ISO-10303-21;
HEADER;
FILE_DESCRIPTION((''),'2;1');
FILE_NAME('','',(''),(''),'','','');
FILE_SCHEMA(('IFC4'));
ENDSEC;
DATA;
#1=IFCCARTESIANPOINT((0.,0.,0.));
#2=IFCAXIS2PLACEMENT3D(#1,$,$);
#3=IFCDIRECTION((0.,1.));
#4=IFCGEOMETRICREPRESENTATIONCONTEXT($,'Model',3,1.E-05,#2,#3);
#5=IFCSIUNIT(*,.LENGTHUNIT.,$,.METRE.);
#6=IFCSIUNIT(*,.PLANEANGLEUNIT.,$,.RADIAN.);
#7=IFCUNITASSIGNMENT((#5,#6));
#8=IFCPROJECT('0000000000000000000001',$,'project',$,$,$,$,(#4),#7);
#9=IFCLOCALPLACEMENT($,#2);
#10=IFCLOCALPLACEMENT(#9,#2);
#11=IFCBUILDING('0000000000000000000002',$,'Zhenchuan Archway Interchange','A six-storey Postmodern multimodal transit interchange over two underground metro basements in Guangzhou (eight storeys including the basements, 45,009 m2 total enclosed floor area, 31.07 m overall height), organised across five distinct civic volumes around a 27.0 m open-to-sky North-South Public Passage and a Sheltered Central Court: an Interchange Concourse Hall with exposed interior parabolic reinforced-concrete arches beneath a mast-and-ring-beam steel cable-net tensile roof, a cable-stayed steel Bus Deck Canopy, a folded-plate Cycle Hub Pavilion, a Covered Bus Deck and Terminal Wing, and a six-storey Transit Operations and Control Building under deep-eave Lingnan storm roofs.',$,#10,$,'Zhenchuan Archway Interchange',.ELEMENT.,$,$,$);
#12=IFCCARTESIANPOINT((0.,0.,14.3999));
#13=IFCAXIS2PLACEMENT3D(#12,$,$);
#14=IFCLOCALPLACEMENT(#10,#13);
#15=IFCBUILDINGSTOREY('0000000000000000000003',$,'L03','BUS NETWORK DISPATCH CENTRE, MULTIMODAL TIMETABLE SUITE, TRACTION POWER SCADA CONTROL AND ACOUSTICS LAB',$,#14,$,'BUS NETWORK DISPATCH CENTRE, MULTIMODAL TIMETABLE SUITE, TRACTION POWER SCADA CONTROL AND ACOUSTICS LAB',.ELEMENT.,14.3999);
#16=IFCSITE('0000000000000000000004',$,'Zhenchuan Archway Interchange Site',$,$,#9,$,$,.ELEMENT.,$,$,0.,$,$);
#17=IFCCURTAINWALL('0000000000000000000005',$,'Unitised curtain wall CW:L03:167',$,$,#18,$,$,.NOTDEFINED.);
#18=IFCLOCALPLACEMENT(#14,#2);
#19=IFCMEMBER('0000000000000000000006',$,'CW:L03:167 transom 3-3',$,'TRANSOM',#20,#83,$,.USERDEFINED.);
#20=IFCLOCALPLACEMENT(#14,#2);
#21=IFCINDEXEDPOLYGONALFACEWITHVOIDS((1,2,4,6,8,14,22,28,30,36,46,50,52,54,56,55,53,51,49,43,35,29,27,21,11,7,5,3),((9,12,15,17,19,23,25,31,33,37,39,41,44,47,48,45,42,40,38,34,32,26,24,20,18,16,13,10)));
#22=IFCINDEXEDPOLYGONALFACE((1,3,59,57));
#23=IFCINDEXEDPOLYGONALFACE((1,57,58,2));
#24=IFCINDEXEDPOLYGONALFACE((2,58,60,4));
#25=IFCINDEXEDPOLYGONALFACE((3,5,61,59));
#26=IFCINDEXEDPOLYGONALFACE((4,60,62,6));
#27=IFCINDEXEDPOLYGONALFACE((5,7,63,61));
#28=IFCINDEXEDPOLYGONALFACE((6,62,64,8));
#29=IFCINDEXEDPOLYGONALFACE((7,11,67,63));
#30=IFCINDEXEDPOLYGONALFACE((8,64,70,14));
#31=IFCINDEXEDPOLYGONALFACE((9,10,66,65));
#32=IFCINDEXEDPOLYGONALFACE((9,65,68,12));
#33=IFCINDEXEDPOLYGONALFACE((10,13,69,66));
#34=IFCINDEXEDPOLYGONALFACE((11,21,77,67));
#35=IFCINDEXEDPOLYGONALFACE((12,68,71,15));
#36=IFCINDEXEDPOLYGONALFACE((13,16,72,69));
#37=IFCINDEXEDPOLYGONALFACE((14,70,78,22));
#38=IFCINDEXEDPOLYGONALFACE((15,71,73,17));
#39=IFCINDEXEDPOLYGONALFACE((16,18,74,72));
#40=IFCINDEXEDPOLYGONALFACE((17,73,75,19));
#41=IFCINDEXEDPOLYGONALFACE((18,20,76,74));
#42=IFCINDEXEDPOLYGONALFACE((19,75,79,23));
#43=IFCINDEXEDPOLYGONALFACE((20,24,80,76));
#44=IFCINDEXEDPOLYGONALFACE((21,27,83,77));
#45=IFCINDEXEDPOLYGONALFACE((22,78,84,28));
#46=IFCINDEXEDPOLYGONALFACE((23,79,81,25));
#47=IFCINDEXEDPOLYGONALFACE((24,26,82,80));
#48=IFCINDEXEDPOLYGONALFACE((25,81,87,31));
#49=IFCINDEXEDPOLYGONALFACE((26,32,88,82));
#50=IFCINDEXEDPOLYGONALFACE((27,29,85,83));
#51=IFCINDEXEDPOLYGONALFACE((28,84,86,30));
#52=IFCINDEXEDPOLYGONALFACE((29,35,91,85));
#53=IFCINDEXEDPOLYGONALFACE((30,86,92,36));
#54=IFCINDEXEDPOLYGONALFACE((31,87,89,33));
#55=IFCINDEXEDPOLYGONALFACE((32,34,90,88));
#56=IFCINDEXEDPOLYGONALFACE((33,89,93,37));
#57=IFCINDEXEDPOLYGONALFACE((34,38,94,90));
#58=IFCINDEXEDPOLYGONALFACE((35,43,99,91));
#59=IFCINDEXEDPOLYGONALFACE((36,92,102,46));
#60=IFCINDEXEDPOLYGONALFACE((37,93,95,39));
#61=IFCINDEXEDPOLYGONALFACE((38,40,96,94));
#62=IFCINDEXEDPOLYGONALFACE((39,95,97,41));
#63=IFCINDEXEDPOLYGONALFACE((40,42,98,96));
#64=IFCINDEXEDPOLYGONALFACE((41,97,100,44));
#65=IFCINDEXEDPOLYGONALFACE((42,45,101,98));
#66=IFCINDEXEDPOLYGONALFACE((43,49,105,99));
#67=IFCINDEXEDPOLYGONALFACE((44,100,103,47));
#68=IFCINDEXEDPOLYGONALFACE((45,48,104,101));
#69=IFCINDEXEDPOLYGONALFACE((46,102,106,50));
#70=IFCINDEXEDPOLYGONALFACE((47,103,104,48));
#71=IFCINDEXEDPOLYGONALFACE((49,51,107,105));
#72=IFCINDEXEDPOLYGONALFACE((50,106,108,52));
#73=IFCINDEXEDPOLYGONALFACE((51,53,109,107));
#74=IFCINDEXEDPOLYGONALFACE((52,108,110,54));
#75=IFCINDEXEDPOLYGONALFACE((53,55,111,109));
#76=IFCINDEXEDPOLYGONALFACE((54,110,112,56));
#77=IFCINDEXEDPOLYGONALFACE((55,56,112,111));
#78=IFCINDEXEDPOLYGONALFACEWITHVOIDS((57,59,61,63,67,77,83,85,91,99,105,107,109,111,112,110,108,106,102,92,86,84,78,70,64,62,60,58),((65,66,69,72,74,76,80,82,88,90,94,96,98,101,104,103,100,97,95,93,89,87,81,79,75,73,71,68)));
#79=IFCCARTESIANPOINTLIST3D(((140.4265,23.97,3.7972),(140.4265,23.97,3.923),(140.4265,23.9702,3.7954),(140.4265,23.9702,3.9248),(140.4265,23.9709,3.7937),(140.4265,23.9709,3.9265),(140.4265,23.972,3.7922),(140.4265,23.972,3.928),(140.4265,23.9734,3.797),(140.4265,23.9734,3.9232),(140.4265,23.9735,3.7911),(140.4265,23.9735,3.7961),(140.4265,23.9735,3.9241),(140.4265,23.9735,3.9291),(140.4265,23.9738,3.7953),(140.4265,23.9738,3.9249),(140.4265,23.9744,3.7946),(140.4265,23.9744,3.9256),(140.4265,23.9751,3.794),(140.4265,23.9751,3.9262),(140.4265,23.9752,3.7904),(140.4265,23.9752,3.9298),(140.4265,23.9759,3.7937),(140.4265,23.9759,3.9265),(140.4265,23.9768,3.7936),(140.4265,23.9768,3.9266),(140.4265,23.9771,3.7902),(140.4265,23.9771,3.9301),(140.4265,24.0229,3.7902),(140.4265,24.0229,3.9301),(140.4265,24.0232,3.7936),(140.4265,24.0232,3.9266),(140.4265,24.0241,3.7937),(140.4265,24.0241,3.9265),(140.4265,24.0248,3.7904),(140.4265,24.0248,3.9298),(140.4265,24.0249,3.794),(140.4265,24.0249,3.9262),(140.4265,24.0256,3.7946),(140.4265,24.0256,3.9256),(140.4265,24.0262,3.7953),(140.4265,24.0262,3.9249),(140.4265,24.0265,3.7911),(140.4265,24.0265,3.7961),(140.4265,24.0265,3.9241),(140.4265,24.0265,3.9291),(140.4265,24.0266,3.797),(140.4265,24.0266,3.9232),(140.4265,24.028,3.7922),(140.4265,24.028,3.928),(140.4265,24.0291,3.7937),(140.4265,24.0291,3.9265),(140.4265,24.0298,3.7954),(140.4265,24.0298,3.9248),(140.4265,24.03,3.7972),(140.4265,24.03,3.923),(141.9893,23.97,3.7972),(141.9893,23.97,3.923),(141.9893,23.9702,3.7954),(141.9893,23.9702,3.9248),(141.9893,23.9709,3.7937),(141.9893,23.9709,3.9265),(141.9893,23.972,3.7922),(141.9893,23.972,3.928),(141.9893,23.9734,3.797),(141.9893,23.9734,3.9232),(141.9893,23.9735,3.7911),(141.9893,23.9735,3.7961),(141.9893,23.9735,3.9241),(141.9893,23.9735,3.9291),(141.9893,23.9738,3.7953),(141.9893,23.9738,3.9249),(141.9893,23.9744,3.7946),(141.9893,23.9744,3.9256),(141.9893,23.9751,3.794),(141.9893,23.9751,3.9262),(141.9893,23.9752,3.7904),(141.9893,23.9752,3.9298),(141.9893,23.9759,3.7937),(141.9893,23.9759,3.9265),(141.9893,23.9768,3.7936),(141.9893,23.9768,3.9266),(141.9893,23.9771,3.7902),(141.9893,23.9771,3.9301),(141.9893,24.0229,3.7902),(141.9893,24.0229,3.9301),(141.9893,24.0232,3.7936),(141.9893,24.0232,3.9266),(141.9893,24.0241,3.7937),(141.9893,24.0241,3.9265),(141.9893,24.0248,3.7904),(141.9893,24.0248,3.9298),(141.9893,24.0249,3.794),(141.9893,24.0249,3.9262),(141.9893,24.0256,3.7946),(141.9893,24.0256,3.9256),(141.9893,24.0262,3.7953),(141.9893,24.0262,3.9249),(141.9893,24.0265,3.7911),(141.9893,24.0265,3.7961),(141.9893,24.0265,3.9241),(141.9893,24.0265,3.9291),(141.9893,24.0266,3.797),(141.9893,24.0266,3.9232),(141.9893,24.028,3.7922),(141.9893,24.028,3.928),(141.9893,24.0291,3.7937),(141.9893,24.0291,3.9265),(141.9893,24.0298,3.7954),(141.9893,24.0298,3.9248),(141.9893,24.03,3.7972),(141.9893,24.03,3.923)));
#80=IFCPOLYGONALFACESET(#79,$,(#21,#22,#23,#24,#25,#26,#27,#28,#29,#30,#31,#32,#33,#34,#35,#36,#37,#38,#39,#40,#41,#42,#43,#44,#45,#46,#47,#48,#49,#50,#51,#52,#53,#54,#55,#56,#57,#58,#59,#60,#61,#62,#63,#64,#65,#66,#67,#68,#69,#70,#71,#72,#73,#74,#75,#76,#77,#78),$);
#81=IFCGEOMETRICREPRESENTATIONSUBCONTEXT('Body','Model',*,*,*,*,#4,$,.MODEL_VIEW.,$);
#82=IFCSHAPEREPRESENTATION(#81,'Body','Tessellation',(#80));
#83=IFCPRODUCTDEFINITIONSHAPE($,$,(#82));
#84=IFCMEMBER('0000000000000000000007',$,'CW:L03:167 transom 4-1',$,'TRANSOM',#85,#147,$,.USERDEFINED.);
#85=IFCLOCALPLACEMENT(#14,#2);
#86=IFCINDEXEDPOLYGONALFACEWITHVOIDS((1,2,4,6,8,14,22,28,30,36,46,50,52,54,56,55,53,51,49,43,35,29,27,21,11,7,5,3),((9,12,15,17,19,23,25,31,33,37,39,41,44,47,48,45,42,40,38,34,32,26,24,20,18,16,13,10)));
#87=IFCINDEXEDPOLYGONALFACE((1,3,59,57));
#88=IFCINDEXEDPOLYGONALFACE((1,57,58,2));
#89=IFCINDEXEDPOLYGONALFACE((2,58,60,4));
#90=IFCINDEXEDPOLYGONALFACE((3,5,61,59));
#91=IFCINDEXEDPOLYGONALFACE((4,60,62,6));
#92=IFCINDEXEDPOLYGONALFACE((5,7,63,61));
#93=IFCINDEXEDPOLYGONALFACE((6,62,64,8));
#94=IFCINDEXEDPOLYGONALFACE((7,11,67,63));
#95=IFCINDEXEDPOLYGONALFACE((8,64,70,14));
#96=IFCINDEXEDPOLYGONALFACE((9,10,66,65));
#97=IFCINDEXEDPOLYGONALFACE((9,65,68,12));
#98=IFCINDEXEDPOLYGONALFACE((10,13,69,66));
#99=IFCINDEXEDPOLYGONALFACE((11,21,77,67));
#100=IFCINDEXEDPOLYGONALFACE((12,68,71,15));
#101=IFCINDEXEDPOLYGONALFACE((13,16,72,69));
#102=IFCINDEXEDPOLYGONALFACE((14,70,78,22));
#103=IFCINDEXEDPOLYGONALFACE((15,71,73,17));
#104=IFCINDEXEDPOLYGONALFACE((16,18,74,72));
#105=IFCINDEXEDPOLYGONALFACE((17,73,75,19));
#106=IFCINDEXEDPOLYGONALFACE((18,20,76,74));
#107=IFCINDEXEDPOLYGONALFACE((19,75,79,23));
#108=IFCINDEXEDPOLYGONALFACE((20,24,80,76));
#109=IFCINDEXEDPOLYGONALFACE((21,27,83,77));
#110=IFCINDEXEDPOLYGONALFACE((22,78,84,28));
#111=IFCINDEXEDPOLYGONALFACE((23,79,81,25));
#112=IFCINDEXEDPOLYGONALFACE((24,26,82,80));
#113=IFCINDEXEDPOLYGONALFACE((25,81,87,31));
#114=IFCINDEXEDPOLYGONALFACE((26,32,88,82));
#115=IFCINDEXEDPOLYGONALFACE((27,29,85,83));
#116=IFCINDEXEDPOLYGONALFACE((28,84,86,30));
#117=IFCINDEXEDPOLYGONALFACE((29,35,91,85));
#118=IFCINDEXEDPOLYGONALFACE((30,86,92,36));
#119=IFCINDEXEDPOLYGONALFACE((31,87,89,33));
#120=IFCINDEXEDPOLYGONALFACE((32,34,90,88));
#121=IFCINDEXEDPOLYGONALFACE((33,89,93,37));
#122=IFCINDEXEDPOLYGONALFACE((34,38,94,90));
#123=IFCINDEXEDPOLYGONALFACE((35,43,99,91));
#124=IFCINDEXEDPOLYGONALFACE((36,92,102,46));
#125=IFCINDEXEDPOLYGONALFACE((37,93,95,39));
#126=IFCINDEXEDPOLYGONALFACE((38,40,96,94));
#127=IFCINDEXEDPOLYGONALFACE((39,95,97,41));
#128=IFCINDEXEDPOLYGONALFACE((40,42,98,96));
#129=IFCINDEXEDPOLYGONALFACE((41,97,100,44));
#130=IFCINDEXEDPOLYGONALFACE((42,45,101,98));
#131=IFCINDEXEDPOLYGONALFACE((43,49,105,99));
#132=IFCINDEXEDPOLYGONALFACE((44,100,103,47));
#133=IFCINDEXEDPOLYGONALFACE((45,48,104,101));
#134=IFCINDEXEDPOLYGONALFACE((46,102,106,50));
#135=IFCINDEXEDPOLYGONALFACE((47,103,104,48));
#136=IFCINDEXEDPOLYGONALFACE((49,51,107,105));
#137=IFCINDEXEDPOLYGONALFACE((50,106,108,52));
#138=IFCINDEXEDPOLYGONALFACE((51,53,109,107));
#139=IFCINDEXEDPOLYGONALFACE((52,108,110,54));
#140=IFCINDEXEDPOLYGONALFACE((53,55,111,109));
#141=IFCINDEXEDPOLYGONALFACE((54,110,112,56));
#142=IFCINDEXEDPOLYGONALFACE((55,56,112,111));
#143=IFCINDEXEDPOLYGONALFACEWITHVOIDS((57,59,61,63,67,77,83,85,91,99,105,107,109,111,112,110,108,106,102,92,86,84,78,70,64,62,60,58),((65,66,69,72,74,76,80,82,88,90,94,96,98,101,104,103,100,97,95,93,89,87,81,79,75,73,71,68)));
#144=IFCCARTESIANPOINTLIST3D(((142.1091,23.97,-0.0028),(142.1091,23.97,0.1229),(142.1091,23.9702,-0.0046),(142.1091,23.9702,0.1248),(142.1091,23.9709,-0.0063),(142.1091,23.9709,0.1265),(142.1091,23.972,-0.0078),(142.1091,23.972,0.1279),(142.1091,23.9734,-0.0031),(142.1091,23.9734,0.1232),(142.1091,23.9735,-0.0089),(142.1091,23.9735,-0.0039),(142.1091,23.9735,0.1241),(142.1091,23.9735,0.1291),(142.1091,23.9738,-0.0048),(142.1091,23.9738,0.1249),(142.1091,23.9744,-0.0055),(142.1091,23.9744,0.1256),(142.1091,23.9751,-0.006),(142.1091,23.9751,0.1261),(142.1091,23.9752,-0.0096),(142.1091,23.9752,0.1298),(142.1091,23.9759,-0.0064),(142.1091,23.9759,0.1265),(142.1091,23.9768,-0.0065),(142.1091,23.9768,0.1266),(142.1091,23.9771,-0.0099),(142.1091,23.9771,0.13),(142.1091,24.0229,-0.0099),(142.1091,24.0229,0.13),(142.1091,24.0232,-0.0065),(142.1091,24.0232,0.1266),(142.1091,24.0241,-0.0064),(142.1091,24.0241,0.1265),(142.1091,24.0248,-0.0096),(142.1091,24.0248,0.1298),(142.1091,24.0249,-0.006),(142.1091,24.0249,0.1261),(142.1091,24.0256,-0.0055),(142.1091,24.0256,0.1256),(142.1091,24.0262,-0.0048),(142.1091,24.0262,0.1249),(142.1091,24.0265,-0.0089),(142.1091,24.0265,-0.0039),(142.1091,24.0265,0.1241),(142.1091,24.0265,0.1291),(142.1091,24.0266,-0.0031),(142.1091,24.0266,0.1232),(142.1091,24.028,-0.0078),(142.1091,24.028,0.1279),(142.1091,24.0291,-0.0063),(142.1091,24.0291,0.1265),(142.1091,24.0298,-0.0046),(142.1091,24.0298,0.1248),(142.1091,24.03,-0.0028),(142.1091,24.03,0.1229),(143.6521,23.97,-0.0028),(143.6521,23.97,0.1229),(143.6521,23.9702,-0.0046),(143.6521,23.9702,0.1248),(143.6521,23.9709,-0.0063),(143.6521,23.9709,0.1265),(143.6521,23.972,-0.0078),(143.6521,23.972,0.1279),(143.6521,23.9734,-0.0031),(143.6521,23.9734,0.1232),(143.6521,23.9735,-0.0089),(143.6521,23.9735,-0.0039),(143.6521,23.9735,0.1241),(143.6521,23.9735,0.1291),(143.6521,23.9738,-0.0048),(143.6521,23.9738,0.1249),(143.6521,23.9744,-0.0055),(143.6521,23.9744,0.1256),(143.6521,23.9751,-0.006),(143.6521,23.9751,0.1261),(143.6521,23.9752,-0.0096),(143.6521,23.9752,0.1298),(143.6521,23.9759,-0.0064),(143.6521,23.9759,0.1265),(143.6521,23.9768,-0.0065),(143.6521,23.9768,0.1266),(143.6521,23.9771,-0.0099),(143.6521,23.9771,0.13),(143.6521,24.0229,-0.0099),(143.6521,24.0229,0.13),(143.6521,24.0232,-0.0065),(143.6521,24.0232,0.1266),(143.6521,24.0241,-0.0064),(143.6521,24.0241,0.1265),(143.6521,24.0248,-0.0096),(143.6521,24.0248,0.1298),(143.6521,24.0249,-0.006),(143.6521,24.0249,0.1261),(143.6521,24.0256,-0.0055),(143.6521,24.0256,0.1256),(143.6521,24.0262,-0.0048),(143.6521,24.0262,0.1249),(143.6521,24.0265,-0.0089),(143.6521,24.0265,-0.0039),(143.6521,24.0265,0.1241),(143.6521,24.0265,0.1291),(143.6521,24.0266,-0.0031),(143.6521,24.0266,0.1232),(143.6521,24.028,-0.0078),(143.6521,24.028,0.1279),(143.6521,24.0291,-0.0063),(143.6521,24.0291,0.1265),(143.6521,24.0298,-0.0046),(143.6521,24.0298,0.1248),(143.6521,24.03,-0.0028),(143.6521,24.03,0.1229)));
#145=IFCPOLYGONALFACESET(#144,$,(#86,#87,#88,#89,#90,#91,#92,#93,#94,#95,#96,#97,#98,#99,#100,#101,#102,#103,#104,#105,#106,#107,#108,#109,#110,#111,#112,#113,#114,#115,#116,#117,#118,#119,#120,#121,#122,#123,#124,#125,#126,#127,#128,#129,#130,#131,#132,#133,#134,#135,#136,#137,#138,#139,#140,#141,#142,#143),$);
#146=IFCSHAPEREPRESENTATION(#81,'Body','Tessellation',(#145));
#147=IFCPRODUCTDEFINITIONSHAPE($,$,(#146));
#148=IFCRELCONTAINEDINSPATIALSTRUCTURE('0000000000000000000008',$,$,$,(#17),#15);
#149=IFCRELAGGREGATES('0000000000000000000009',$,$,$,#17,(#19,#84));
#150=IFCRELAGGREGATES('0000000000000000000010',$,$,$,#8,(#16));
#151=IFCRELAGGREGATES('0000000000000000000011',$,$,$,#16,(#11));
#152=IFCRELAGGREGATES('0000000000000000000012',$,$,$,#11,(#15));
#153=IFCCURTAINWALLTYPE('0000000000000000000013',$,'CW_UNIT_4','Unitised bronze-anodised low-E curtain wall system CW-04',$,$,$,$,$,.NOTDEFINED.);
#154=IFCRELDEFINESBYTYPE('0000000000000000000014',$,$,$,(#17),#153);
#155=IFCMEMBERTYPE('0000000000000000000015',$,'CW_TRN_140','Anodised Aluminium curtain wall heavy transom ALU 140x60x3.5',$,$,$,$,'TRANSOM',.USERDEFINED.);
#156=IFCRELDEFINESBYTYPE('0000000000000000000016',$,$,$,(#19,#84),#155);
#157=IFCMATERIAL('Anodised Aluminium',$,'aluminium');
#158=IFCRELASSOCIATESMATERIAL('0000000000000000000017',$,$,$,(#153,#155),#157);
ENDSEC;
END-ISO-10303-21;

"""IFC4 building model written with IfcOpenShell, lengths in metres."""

from ifc_helpers import new_model, si_unit, direction, frame, origin, origin_2d, place, context, subcontext, project, spatial, hollow_rectangle, extrude, material, material_profile, profile_set, type_object, element, aggregate, save


model = new_model("IFC4")

# Units and contexts
model_context = context("Model", 3, precision=1e-05, world=origin(), true_north=direction((0.0, 1.0)))
body_context = subcontext(model_context, "Body", "Model", "MODEL_VIEW")
ifc_project = project(units=[si_unit("LENGTHUNIT", "METRE"), si_unit("PLANEANGLEUNIT", "RADIAN")], contexts=[model_context])

# Site, building, storey
site_placement = place(None, origin())
site = spatial("IfcSite", under=ifc_project, at=site_placement, Name="Zhenchuan Archway Interchange Site", CompositionType="ELEMENT", RefElevation=0.0)
building_placement = place(site_placement, origin())
building = spatial("IfcBuilding", under=site, at=building_placement, Name="Zhenchuan Archway Interchange", Description="A six-storey Postmodern multimodal transit interchange over two underground metro basements in Guangzhou (eight storeys including the basements, 45,009 m2 total enclosed floor area, 31.07 m overall height), organised across five distinct civic volumes around a 27.0 m open-to-sky North-South Public Passage and a Sheltered Central Court: an Interchange Concourse Hall with exposed interior parabolic reinforced-concrete arches beneath a mast-and-ring-beam steel cable-net tensile roof, a cable-stayed steel Bus Deck Canopy, a folded-plate Cycle Hub Pavilion, a Covered Bus Deck and Terminal Wing, and a six-storey Transit Operations and Control Building under deep-eave Lingnan storm roofs.", LongName="Zhenchuan Archway Interchange", CompositionType="ELEMENT")
storey_placement = place(building_placement, frame((0.0, 0.0, 14.3999)))
storey = spatial("IfcBuildingStorey", under=building, at=storey_placement, Name="L03", Description="BUS NETWORK DISPATCH CENTRE, MULTIMODAL TIMETABLE SUITE, TRACTION POWER SCADA CONTROL AND ACOUSTICS LAB", LongName="BUS NETWORK DISPATCH CENTRE, MULTIMODAL TIMETABLE SUITE, TRACTION POWER SCADA CONTROL AND ACOUSTICS LAB", CompositionType="ELEMENT", Elevation=14.3999)

# Curtain wall
ifc_material_1 = material(Name="Anodised Aluminium", Category="aluminium")
curtain_wall_type_1 = type_object("IfcCurtainWallType", Name="CW_UNIT_4", Description="Unitised bronze-anodised low-E curtain wall system CW-04", PredefinedType="NOTDEFINED", material=ifc_material_1)
curtain_wall_1_placement = place(storey_placement, origin())
curtain_wall_1 = element("IfcCurtainWall", 1, at=curtain_wall_1_placement, inside=storey, type_object=curtain_wall_type_1, Name="Unitised curtain wall CW:L03:167", PredefinedType="NOTDEFINED")

# Members
ifc_material_profile_1 = material_profile(ifc_material_1, hollow_rectangle(XDim=0.0601, YDim=0.1399, WallThickness=0.0034, InnerFilletRadius=0.0034, OuterFilletRadius=0.0071, at=origin_2d()), Name="ALU 140x60x3.5")
ifc_profile_set_1 = profile_set([ifc_material_profile_1], Name="Anodised Aluminium")
member_type_1 = type_object("IfcMemberType", Name="CW_TRN_140", Description="Anodised Aluminium curtain wall heavy transom ALU 140x60x3.5", ElementType="TRANSOM", PredefinedType="USERDEFINED", material=ifc_profile_set_1)
member_1_placement = place(storey_placement, frame((140.4265, 24.0, 3.8601), z_axis=(1.0, 0.0, 0.0), x_axis=(0.0, 1.0, 0.0)))
member_1 = element("IfcMember", 2, at=member_1_placement, type_object=member_type_1, Name="CW:L03:167 transom 3-3", ObjectType="TRANSOM", PredefinedType="USERDEFINED", context=body_context, shape_type="SweptSolid", body=[
    extrude(hollow_rectangle(XDim=0.0601, YDim=0.1399, WallThickness=0.0034, InnerFilletRadius=0.0034, OuterFilletRadius=0.0071, at=origin_2d()), origin(), (0.0, 0.0, 1.0), 1.5627),
])
member_2_placement = place(storey_placement, frame((142.1091, 24.0, 0.0601), z_axis=(1.0, 0.0, 0.0), x_axis=(0.0, 1.0, 0.0)))
member_2 = element("IfcMember", 3, at=member_2_placement, type_object=member_type_1, Name="CW:L03:167 transom 4-1", ObjectType="TRANSOM", PredefinedType="USERDEFINED", context=body_context, shape_type="SweptSolid", body=[
    extrude(hollow_rectangle(XDim=0.0601, YDim=0.1399, WallThickness=0.0034, InnerFilletRadius=0.0034, OuterFilletRadius=0.0071, at=origin_2d()), origin(), (0.0, 0.0, 1.0), 1.543),
])

aggregate(curtain_wall_1, [member_1, member_2])

save(model, "model.ifc")
